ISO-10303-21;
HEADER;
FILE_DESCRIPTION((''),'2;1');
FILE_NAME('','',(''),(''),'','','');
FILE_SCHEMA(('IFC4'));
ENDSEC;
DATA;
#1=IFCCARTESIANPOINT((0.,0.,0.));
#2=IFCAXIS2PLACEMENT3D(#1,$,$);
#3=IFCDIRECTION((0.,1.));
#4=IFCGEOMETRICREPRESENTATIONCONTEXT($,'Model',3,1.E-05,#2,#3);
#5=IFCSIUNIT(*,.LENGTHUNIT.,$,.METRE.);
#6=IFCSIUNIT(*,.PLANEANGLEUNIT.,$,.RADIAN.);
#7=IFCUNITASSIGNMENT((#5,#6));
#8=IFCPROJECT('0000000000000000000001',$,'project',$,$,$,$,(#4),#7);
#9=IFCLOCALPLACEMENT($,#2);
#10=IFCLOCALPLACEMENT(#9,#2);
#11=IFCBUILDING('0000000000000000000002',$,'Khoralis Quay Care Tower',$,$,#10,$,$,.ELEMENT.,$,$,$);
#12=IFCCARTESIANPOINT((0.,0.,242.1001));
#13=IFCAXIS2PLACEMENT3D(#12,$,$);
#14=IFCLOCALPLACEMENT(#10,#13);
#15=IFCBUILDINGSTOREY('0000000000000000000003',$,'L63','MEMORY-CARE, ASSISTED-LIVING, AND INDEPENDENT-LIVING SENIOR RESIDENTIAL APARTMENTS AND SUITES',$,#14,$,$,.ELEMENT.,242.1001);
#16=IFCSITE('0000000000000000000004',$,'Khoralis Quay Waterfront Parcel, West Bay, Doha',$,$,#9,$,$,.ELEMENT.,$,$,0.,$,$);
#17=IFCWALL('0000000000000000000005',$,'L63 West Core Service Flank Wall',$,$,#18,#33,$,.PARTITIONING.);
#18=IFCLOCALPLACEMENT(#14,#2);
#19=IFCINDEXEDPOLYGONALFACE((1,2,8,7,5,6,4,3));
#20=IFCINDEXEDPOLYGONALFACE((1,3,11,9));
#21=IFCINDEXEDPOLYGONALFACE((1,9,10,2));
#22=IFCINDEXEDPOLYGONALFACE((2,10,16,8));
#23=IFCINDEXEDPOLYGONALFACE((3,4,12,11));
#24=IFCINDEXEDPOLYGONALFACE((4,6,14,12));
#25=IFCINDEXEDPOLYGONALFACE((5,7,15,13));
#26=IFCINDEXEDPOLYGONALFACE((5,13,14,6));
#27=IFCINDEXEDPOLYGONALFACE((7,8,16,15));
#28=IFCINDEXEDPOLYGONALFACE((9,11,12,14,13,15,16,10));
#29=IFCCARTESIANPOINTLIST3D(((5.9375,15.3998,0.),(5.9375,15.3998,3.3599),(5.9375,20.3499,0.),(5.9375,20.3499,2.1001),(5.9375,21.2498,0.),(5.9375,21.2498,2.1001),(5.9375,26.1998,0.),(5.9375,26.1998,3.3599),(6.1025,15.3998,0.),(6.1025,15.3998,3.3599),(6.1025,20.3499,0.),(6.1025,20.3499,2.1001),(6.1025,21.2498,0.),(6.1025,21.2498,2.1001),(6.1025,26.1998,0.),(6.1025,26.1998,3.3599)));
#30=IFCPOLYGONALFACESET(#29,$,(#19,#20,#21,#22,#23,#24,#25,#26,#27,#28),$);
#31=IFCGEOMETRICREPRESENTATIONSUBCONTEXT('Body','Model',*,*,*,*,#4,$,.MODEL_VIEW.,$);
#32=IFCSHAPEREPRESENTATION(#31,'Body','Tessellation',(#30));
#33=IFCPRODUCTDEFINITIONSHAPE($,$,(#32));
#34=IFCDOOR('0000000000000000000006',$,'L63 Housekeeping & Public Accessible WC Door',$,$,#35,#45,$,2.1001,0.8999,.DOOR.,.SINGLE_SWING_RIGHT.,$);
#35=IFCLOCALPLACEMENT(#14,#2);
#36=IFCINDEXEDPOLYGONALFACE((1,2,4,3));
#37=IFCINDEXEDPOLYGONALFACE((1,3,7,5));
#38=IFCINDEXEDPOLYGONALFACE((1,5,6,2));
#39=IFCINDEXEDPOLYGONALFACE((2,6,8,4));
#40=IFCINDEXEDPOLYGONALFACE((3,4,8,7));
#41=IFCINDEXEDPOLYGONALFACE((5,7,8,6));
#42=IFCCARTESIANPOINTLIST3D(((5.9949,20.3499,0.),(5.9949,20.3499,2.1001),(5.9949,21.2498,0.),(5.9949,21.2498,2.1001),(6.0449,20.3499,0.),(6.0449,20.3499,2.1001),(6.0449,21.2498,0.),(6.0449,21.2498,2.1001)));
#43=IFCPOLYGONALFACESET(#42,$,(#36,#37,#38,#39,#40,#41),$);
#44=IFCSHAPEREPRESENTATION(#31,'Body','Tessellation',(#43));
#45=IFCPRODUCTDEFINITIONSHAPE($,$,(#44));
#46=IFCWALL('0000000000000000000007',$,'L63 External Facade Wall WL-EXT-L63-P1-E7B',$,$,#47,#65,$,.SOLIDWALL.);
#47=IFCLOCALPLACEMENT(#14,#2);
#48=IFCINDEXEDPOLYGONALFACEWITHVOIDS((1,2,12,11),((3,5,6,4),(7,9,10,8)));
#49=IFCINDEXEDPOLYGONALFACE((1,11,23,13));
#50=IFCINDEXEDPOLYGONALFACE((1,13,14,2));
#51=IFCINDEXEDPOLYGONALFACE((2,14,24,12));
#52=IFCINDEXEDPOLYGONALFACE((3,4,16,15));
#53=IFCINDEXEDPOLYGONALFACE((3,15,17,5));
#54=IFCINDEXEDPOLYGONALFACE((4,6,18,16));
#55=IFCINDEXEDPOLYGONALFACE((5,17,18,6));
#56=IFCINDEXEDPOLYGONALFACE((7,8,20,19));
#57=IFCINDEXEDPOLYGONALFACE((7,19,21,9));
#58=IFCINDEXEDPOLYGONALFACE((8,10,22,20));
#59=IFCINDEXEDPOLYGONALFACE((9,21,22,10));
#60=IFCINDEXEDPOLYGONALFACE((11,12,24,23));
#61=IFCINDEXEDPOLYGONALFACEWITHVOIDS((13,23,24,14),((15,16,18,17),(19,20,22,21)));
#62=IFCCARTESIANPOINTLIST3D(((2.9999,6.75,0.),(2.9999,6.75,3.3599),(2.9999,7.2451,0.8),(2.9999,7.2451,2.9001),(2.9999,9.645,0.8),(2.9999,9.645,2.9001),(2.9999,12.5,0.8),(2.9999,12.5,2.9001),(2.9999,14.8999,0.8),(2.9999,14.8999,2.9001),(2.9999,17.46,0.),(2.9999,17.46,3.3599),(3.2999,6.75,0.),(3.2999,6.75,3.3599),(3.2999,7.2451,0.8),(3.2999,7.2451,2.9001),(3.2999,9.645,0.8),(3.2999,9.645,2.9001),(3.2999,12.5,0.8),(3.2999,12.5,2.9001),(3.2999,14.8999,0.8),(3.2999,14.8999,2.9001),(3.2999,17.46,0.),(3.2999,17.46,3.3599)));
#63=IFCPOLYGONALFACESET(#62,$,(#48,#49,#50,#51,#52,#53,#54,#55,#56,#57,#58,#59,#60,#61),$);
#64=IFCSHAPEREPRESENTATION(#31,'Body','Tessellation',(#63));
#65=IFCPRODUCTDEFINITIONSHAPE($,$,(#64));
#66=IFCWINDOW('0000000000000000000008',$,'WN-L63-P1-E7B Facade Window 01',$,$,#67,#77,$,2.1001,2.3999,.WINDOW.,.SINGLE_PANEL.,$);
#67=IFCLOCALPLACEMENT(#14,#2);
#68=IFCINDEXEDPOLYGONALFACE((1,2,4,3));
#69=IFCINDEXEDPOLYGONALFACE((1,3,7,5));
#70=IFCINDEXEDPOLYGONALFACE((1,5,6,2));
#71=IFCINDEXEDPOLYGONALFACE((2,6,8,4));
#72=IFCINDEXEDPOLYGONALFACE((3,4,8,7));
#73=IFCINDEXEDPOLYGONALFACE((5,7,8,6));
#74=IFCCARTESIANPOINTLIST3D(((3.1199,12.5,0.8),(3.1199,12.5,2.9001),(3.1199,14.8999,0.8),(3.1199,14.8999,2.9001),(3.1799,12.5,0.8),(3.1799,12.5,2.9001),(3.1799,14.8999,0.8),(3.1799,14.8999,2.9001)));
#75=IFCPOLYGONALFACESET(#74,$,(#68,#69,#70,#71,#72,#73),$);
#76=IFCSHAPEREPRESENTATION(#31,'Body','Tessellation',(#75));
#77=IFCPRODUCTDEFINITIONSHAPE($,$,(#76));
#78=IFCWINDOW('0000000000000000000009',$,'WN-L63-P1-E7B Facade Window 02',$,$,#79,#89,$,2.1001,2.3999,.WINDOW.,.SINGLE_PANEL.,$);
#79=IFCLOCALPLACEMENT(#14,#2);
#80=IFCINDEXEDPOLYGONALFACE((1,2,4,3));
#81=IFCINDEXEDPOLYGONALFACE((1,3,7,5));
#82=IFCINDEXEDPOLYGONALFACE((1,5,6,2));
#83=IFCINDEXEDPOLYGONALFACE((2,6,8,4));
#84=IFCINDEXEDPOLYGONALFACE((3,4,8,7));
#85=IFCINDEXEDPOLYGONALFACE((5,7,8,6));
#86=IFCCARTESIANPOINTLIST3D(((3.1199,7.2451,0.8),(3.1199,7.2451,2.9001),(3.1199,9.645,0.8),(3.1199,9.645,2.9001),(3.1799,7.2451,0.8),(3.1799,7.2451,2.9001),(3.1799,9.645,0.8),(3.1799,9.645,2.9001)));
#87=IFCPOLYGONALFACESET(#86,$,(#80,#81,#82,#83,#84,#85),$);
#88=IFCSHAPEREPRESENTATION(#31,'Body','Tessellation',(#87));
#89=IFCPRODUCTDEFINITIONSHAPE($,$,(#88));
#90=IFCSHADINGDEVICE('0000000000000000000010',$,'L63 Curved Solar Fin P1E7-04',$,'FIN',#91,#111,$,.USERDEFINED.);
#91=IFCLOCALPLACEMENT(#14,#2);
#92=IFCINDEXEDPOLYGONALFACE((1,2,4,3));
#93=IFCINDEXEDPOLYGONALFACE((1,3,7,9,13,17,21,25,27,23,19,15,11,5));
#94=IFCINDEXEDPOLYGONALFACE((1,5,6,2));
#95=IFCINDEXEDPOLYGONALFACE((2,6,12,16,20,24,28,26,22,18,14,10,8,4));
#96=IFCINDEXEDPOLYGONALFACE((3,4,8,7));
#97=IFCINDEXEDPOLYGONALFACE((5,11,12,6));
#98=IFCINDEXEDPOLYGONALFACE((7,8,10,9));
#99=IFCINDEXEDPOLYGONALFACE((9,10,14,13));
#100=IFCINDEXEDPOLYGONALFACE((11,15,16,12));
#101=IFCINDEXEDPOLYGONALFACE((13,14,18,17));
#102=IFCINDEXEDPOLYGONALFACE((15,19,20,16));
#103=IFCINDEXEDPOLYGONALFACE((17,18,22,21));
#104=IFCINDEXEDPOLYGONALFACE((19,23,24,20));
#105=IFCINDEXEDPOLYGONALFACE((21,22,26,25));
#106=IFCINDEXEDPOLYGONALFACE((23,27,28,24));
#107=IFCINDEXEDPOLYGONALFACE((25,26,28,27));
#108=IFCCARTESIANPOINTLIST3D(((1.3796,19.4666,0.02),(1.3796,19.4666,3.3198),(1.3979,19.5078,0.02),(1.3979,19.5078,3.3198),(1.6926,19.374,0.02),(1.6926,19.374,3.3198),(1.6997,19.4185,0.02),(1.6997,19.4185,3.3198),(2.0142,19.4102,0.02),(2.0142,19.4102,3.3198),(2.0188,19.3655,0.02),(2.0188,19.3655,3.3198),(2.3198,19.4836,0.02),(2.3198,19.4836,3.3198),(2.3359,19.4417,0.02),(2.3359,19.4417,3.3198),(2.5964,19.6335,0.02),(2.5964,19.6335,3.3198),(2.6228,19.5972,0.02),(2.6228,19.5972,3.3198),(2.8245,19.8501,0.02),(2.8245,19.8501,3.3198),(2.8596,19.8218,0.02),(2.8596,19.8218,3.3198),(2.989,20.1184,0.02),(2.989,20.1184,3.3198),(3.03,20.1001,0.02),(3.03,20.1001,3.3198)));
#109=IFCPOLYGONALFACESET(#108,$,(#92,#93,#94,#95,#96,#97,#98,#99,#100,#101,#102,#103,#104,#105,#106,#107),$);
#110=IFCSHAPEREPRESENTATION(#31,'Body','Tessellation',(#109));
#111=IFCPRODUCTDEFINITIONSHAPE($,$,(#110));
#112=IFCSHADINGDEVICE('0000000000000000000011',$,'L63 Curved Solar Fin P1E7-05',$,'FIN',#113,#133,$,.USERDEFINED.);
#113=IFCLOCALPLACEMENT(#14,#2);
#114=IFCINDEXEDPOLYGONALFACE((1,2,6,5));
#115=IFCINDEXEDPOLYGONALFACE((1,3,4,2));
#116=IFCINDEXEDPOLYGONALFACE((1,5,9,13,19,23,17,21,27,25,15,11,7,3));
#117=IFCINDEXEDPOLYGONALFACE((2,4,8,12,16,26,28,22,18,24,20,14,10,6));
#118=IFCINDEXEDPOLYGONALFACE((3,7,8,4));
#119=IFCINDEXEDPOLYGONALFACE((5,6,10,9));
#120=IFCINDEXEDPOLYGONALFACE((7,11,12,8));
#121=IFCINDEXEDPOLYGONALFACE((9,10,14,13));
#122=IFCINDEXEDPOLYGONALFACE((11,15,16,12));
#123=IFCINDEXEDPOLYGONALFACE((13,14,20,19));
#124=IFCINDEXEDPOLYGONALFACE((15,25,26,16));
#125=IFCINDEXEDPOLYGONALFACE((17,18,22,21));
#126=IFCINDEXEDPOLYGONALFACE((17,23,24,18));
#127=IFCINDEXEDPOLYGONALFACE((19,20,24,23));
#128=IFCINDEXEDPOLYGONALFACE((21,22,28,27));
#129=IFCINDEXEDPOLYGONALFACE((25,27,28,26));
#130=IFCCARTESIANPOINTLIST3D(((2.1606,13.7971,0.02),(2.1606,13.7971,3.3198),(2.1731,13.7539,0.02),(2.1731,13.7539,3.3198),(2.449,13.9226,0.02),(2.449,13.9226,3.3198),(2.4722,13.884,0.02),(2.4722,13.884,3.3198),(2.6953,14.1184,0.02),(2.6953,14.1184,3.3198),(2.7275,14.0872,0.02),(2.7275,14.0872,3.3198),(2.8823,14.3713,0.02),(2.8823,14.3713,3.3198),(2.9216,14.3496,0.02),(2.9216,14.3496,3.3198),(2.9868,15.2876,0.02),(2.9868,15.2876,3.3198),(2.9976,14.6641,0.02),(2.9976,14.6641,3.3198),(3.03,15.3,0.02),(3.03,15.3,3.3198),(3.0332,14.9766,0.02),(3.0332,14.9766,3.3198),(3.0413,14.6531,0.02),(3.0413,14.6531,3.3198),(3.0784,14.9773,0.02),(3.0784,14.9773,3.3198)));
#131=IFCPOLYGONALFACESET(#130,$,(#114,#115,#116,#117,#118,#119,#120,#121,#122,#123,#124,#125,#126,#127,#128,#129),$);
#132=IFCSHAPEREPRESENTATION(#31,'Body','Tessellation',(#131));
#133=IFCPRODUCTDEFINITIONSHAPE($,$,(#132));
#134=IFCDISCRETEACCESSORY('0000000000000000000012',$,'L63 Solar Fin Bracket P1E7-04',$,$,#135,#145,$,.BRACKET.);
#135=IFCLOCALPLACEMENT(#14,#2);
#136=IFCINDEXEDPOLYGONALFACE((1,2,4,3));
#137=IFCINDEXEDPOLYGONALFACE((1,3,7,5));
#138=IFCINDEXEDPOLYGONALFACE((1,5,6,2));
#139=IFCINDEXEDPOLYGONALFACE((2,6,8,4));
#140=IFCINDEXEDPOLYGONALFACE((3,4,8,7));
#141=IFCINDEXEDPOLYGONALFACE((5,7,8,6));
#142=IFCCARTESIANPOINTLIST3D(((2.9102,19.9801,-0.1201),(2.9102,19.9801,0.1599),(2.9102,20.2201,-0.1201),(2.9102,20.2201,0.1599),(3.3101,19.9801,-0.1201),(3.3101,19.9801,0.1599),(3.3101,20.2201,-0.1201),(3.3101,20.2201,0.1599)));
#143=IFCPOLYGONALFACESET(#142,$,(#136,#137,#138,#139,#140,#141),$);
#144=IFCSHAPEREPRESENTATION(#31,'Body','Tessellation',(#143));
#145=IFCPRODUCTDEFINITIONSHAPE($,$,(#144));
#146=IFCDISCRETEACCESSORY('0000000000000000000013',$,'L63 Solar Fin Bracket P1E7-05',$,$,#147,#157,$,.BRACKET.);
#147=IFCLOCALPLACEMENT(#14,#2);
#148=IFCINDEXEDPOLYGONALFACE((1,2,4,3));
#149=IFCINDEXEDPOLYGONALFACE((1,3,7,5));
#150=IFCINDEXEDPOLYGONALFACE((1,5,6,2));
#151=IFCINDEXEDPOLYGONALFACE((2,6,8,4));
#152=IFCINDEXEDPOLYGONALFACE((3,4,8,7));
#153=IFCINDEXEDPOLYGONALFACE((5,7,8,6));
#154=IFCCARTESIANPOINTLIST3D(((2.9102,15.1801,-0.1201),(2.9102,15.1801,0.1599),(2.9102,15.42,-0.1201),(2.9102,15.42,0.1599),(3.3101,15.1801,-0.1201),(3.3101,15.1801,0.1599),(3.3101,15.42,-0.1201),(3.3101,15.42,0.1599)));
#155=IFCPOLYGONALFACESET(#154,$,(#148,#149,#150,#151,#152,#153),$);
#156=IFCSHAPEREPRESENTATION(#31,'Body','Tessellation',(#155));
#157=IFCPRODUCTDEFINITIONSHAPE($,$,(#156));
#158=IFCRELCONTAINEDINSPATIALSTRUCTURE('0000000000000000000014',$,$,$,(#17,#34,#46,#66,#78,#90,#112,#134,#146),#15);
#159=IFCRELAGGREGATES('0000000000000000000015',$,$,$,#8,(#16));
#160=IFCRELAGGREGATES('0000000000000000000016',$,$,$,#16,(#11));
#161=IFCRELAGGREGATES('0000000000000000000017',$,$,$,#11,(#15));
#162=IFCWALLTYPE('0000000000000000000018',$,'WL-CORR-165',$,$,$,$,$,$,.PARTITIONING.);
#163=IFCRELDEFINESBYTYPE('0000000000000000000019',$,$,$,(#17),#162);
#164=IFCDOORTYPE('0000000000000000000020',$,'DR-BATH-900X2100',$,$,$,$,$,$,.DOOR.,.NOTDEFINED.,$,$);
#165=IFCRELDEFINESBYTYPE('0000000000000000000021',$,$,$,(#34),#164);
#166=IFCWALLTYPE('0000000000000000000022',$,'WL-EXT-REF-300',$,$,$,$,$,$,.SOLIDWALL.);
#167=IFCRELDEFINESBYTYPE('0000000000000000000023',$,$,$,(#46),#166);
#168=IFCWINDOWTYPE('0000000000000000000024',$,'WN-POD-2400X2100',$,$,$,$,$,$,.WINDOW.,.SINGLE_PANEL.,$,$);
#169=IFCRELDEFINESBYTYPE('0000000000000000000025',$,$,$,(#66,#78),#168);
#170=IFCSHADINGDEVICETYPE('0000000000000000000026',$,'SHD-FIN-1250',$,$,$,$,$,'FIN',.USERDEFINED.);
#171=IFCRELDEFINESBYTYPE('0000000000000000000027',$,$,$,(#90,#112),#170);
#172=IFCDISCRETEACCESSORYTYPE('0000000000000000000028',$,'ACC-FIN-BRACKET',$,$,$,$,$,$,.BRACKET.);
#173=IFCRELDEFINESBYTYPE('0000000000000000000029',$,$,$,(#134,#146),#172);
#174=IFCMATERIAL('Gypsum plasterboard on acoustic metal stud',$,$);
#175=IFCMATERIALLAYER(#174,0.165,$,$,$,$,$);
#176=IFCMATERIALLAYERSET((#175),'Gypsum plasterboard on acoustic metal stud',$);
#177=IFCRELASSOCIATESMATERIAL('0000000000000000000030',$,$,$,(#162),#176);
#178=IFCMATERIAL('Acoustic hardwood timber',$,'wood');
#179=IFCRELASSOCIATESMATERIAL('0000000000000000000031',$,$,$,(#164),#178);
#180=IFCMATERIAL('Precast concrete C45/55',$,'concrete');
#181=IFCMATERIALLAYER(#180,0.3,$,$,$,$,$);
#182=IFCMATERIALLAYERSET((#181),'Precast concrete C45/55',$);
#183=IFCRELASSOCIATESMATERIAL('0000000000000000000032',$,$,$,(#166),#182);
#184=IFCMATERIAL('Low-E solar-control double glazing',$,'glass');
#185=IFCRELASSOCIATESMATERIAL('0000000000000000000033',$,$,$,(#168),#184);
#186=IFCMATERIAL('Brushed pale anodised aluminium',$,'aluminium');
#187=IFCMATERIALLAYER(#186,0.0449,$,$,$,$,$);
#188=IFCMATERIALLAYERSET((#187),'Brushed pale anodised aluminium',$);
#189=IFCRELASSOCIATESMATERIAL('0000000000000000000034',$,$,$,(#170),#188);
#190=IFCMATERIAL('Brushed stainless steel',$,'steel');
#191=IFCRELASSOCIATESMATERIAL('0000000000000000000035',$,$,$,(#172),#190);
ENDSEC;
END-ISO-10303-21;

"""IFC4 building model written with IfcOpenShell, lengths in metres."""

from ifc_helpers import new_model, si_unit, direction, frame, frame_2d, origin, origin_2d, place, context, subcontext, project, spatial, polyline, rectangle, outline, extrude, source, transform, mapped, material, layer, layer_set, type_object, element, fill, save


model = new_model("IFC4")

# Units and contexts
model_context = context("Model", 3, precision=1e-05, world=origin(), true_north=direction((0.0, 1.0)))
body_context = subcontext(model_context, "Body", "Model", "MODEL_VIEW")
ifc_project = project(units=[si_unit("LENGTHUNIT", "METRE"), si_unit("PLANEANGLEUNIT", "RADIAN")], contexts=[model_context])

# Site, building, storey
site_placement = place(None, origin())
site = spatial("IfcSite", under=ifc_project, at=site_placement, Name="Khoralis Quay Waterfront Parcel, West Bay, Doha", CompositionType="ELEMENT", RefElevation=0.0)
building_placement = place(site_placement, origin())
building = spatial("IfcBuilding", under=site, at=building_placement, Name="Khoralis Quay Care Tower", CompositionType="ELEMENT")
storey_placement = place(building_placement, frame((0.0, 0.0, 242.1001)))
storey = spatial("IfcBuildingStorey", under=building, at=storey_placement, Name="L63", Description="MEMORY-CARE, ASSISTED-LIVING, AND INDEPENDENT-LIVING SENIOR RESIDENTIAL APARTMENTS AND SUITES", CompositionType="ELEMENT", Elevation=242.1001)

# Shared definitions
ifc_material_1 = material(Name="Low-E solar-control double glazing", Category="glass")

# Wall, opening, door
ifc_material_2 = material(Name="Gypsum plasterboard on acoustic metal stud")
ifc_layer_1 = layer(ifc_material_2, 0.165)
ifc_layer_set_1 = layer_set([ifc_layer_1], Name="Gypsum plasterboard on acoustic metal stud")
wall_type_1 = type_object("IfcWallType", Name="WL-CORR-165", PredefinedType="PARTITIONING", material=ifc_layer_set_1)
wall_1_placement = place(storey_placement, frame((6.02, 15.3999, 0.0), z_axis=(0.0, 0.0, 1.0), x_axis=(0.0, 1.0, 0.0)))
wall_1 = element("IfcWall", 1, at=wall_1_placement, inside=storey, type_object=wall_type_1, Name="L63 West Core Service Flank Wall", PredefinedType="PARTITIONING", context=body_context, shape_type="SweptSolid", body=[
    extrude(rectangle(XDim=10.8, YDim=0.165, at=frame_2d((5.3999, 0.0))), origin(), (0.0, 0.0, 1.0), 3.3599),
])
opening_1_placement = place(wall_1_placement, frame((4.95, 0.0, 0.0)))
opening_1 = element("IfcOpeningElement", 2, at=opening_1_placement, cuts=wall_1, PredefinedType="OPENING", context=body_context, shape_type="SweptSolid", body=[
    extrude(rectangle(XDim=0.8999, YDim=2.1001, at=frame_2d((0.45, 1.05))), frame((0.0, 0.0925, 0.0), z_axis=(0.0, -1.0, 0.0), x_axis=(1.0, 0.0, 0.0)), (0.0, 0.0, 1.0), 0.1851),
])
ifc_material_3 = material(Name="Acoustic hardwood timber", Category="wood")
door_type = type_object("IfcDoorType", Name="DR-BATH-900X2100", OperationType="NOTDEFINED", PredefinedType="DOOR", material=ifc_material_3)
shared_shape_1 = source(origin(), body_context, "Body", "SweptSolid", [
    extrude(rectangle(XDim=0.8999, YDim=2.1001, at=frame_2d((0.45, 1.05))), frame((0.0, 0.0249, 0.0), z_axis=(0.0, -1.0, 0.0), x_axis=(1.0, 0.0, 0.0)), (0.0, 0.0, 1.0), 0.05),
])
door_placement = place(opening_1_placement, frame((0.8999, 0.0, 0.0), z_axis=(0.0, 0.0, 1.0), x_axis=(-1.0, 0.0, 0.0)))
door = element("IfcDoor", 3, at=door_placement, inside=storey, type_object=door_type, Name="L63 Housekeeping & Public Accessible WC Door", OperationType="SINGLE_SWING_RIGHT", OverallHeight=2.1001, OverallWidth=0.8999, PredefinedType="DOOR", context=body_context, shape_type="MappedRepresentation", body=[
    mapped(shared_shape_1, transform((0.0, 0.0, 0.0), scale=1.0)),
])
fill(opening_1, door)

# Wall, openings, windows
ifc_material_4 = material(Name="Precast concrete C45/55", Category="concrete")
ifc_layer_2 = layer(ifc_material_4, 0.3)
ifc_layer_set_2 = layer_set([ifc_layer_2], Name="Precast concrete C45/55")
wall_type_2 = type_object("IfcWallType", Name="WL-EXT-REF-300", PredefinedType="SOLIDWALL", material=ifc_layer_set_2)
wall_2_placement = place(storey_placement, frame((3.1499, 17.46, 0.0), z_axis=(0.0, 0.0, 1.0), x_axis=(0.0, -1.0, 0.0)))
wall_2 = element("IfcWall", 4, at=wall_2_placement, inside=storey, type_object=wall_type_2, Name="L63 External Facade Wall WL-EXT-L63-P1-E7B", PredefinedType="SOLIDWALL", context=body_context, shape_type="SweptSolid", body=[
    extrude(rectangle(XDim=10.71, YDim=0.3, at=frame_2d((5.355, 0.0))), origin(), (0.0, 0.0, 1.0), 3.3599),
])
opening_2_placement = place(wall_2_placement, frame((2.5601, 0.0, 0.8)))
opening_2 = element("IfcOpeningElement", 5, at=opening_2_placement, cuts=wall_2, PredefinedType="OPENING", context=body_context, shape_type="SweptSolid", body=[
    extrude(rectangle(XDim=2.3999, YDim=2.1001, at=frame_2d((1.2, 1.05))), frame((0.0, 0.1602, 0.0), z_axis=(0.0, -1.0, 0.0), x_axis=(1.0, 0.0, 0.0)), (0.0, 0.0, 1.0), 0.3201),
])
opening_3_placement = place(wall_2_placement, frame((7.8149, 0.0, 0.8)))
opening_3 = element("IfcOpeningElement", 6, at=opening_3_placement, cuts=wall_2, PredefinedType="OPENING", context=body_context, shape_type="SweptSolid", body=[
    extrude(rectangle(XDim=2.3999, YDim=2.1001, at=frame_2d((1.2, 1.05))), frame((0.0, 0.1602, 0.0), z_axis=(0.0, -1.0, 0.0), x_axis=(1.0, 0.0, 0.0)), (0.0, 0.0, 1.0), 0.3201),
])
window_type = type_object("IfcWindowType", Name="WN-POD-2400X2100", PartitioningType="SINGLE_PANEL", PredefinedType="WINDOW", material=ifc_material_1)
shared_shape_2 = source(origin(), body_context, "Body", "SweptSolid", [
    extrude(rectangle(XDim=2.3999, YDim=2.1001, at=frame_2d((1.2, 1.05))), frame((0.0, 0.03, 0.0), z_axis=(0.0, -1.0, 0.0), x_axis=(1.0, 0.0, 0.0)), (0.0, 0.0, 1.0), 0.0601),
])
window_1_placement = place(opening_2_placement, origin())
window_1 = element("IfcWindow", 7, at=window_1_placement, inside=storey, type_object=window_type, Name="WN-L63-P1-E7B Facade Window 01", OverallHeight=2.1001, OverallWidth=2.3999, PartitioningType="SINGLE_PANEL", PredefinedType="WINDOW", context=body_context, shape_type="MappedRepresentation", body=[
    mapped(shared_shape_2, transform((0.0, 0.0, 0.0), scale=1.0)),
])
fill(opening_2, window_1)
window_2_placement = place(opening_3_placement, origin())
window_2 = element("IfcWindow", 8, at=window_2_placement, inside=storey, type_object=window_type, Name="WN-L63-P1-E7B Facade Window 02", OverallHeight=2.1001, OverallWidth=2.3999, PartitioningType="SINGLE_PANEL", PredefinedType="WINDOW", context=body_context, shape_type="MappedRepresentation", body=[
    mapped(shared_shape_2, transform((0.0, 0.0, 0.0), scale=1.0)),
])
fill(opening_3, window_2)

# Shading devices
ifc_material_5 = material(Name="Brushed pale anodised aluminium", Category="aluminium")
ifc_layer_3 = layer(ifc_material_5, 0.0449)
ifc_layer_set_3 = layer_set([ifc_layer_3], Name="Brushed pale anodised aluminium")
shading_device_type = type_object("IfcShadingDeviceType", Name="SHD-FIN-1250", ElementType="FIN", PredefinedType="USERDEFINED", material=ifc_layer_set_3)
shared_shape_3 = source(origin(), body_context, "Body", "SweptSolid", [
    extrude(outline(polyline([(0.0, 0.0), (0.1704, 0.2783), (0.4072, 0.5029), (0.6941, 0.6584), (1.0112, 0.7346), (1.3374, 0.7261), (1.6504, 0.6335), (1.6321, 0.5923), (1.3303, 0.6816), (1.0159, 0.6899), (0.7102, 0.6165), (0.4336, 0.4666), (0.2056, 0.25), (0.041, -0.0183), (0.0, 0.0)])), origin(), (0.0, 0.0, 1.0), 3.2998),
])
shading_device_1_placement = place(storey_placement, frame((3.03, 20.1001, 0.02), z_axis=(0.0, 0.0, 1.0), x_axis=(-1.0, 0.0, 0.0)))
element("IfcShadingDevice", 9, at=shading_device_1_placement, inside=storey, type_object=shading_device_type, Name="L63 Curved Solar Fin P1E7-04", ObjectType="FIN", PredefinedType="USERDEFINED", context=body_context, shape_type="MappedRepresentation", body=[
    mapped(shared_shape_3, transform((0.0, 0.0, 0.0), scale=1.0)),
])
shared_shape_4 = source(origin(), body_context, "Body", "SweptSolid", [
    extrude(outline(polyline([(0.0, 0.0), (-0.0483, 0.3228), (-0.0112, 0.647), (0.1084, 0.9504), (0.3025, 1.2129), (0.5579, 1.416), (0.8569, 1.5461), (0.8694, 1.5029), (0.5811, 1.3774), (0.3347, 1.1816), (0.1477, 0.9287), (0.0325, 0.636), (-0.0032, 0.3235), (0.0432, 0.0125), (0.0, 0.0)])), origin(), (0.0, 0.0, 1.0), 3.2998),
])
shading_device_2_placement = place(storey_placement, frame((3.03, 15.3, 0.02), z_axis=(0.0, 0.0, 1.0), x_axis=(-1.0, 0.0, 0.0)))
element("IfcShadingDevice", 10, at=shading_device_2_placement, inside=storey, type_object=shading_device_type, Name="L63 Curved Solar Fin P1E7-05", ObjectType="FIN", PredefinedType="USERDEFINED", context=body_context, shape_type="MappedRepresentation", body=[
    mapped(shared_shape_4, transform((0.0, 0.0, 0.0), scale=1.0)),
])

# Discrete accessories
ifc_material_6 = material(Name="Brushed stainless steel", Category="steel")
discrete_accessory_type = type_object("IfcDiscreteAccessoryType", Name="ACC-FIN-BRACKET", PredefinedType="BRACKET", material=ifc_material_6)
shared_shape_5 = source(origin(), body_context, "Body", "SweptSolid", [
    extrude(rectangle(XDim=0.3999, YDim=0.24, at=origin_2d()), origin(), (0.0, 0.0, 1.0), 0.28),
])
for number, where, z_axis, x_axis, name in (
    (11, (3.1101, 20.1001, -0.1201), (0.0, 0.0, 1.0), (-1.0, 0.0, 0.0), "L63 Solar Fin Bracket P1E7-04"),
    (12, (3.1101, 15.3, -0.1201), (0.0, 0.0, 1.0), (-1.0, 0.0, 0.0), "L63 Solar Fin Bracket P1E7-05"),
):
    element("IfcDiscreteAccessory", number, at=place(storey_placement, frame(where, z_axis=z_axis, x_axis=x_axis)), inside=storey, type_object=discrete_accessory_type, Name=name, PredefinedType="BRACKET", context=body_context, shape_type="MappedRepresentation", body=[
        mapped(shared_shape_5, transform((0.0, 0.0, 0.0), scale=1.0)),
    ])

save(model, "model.ifc")
